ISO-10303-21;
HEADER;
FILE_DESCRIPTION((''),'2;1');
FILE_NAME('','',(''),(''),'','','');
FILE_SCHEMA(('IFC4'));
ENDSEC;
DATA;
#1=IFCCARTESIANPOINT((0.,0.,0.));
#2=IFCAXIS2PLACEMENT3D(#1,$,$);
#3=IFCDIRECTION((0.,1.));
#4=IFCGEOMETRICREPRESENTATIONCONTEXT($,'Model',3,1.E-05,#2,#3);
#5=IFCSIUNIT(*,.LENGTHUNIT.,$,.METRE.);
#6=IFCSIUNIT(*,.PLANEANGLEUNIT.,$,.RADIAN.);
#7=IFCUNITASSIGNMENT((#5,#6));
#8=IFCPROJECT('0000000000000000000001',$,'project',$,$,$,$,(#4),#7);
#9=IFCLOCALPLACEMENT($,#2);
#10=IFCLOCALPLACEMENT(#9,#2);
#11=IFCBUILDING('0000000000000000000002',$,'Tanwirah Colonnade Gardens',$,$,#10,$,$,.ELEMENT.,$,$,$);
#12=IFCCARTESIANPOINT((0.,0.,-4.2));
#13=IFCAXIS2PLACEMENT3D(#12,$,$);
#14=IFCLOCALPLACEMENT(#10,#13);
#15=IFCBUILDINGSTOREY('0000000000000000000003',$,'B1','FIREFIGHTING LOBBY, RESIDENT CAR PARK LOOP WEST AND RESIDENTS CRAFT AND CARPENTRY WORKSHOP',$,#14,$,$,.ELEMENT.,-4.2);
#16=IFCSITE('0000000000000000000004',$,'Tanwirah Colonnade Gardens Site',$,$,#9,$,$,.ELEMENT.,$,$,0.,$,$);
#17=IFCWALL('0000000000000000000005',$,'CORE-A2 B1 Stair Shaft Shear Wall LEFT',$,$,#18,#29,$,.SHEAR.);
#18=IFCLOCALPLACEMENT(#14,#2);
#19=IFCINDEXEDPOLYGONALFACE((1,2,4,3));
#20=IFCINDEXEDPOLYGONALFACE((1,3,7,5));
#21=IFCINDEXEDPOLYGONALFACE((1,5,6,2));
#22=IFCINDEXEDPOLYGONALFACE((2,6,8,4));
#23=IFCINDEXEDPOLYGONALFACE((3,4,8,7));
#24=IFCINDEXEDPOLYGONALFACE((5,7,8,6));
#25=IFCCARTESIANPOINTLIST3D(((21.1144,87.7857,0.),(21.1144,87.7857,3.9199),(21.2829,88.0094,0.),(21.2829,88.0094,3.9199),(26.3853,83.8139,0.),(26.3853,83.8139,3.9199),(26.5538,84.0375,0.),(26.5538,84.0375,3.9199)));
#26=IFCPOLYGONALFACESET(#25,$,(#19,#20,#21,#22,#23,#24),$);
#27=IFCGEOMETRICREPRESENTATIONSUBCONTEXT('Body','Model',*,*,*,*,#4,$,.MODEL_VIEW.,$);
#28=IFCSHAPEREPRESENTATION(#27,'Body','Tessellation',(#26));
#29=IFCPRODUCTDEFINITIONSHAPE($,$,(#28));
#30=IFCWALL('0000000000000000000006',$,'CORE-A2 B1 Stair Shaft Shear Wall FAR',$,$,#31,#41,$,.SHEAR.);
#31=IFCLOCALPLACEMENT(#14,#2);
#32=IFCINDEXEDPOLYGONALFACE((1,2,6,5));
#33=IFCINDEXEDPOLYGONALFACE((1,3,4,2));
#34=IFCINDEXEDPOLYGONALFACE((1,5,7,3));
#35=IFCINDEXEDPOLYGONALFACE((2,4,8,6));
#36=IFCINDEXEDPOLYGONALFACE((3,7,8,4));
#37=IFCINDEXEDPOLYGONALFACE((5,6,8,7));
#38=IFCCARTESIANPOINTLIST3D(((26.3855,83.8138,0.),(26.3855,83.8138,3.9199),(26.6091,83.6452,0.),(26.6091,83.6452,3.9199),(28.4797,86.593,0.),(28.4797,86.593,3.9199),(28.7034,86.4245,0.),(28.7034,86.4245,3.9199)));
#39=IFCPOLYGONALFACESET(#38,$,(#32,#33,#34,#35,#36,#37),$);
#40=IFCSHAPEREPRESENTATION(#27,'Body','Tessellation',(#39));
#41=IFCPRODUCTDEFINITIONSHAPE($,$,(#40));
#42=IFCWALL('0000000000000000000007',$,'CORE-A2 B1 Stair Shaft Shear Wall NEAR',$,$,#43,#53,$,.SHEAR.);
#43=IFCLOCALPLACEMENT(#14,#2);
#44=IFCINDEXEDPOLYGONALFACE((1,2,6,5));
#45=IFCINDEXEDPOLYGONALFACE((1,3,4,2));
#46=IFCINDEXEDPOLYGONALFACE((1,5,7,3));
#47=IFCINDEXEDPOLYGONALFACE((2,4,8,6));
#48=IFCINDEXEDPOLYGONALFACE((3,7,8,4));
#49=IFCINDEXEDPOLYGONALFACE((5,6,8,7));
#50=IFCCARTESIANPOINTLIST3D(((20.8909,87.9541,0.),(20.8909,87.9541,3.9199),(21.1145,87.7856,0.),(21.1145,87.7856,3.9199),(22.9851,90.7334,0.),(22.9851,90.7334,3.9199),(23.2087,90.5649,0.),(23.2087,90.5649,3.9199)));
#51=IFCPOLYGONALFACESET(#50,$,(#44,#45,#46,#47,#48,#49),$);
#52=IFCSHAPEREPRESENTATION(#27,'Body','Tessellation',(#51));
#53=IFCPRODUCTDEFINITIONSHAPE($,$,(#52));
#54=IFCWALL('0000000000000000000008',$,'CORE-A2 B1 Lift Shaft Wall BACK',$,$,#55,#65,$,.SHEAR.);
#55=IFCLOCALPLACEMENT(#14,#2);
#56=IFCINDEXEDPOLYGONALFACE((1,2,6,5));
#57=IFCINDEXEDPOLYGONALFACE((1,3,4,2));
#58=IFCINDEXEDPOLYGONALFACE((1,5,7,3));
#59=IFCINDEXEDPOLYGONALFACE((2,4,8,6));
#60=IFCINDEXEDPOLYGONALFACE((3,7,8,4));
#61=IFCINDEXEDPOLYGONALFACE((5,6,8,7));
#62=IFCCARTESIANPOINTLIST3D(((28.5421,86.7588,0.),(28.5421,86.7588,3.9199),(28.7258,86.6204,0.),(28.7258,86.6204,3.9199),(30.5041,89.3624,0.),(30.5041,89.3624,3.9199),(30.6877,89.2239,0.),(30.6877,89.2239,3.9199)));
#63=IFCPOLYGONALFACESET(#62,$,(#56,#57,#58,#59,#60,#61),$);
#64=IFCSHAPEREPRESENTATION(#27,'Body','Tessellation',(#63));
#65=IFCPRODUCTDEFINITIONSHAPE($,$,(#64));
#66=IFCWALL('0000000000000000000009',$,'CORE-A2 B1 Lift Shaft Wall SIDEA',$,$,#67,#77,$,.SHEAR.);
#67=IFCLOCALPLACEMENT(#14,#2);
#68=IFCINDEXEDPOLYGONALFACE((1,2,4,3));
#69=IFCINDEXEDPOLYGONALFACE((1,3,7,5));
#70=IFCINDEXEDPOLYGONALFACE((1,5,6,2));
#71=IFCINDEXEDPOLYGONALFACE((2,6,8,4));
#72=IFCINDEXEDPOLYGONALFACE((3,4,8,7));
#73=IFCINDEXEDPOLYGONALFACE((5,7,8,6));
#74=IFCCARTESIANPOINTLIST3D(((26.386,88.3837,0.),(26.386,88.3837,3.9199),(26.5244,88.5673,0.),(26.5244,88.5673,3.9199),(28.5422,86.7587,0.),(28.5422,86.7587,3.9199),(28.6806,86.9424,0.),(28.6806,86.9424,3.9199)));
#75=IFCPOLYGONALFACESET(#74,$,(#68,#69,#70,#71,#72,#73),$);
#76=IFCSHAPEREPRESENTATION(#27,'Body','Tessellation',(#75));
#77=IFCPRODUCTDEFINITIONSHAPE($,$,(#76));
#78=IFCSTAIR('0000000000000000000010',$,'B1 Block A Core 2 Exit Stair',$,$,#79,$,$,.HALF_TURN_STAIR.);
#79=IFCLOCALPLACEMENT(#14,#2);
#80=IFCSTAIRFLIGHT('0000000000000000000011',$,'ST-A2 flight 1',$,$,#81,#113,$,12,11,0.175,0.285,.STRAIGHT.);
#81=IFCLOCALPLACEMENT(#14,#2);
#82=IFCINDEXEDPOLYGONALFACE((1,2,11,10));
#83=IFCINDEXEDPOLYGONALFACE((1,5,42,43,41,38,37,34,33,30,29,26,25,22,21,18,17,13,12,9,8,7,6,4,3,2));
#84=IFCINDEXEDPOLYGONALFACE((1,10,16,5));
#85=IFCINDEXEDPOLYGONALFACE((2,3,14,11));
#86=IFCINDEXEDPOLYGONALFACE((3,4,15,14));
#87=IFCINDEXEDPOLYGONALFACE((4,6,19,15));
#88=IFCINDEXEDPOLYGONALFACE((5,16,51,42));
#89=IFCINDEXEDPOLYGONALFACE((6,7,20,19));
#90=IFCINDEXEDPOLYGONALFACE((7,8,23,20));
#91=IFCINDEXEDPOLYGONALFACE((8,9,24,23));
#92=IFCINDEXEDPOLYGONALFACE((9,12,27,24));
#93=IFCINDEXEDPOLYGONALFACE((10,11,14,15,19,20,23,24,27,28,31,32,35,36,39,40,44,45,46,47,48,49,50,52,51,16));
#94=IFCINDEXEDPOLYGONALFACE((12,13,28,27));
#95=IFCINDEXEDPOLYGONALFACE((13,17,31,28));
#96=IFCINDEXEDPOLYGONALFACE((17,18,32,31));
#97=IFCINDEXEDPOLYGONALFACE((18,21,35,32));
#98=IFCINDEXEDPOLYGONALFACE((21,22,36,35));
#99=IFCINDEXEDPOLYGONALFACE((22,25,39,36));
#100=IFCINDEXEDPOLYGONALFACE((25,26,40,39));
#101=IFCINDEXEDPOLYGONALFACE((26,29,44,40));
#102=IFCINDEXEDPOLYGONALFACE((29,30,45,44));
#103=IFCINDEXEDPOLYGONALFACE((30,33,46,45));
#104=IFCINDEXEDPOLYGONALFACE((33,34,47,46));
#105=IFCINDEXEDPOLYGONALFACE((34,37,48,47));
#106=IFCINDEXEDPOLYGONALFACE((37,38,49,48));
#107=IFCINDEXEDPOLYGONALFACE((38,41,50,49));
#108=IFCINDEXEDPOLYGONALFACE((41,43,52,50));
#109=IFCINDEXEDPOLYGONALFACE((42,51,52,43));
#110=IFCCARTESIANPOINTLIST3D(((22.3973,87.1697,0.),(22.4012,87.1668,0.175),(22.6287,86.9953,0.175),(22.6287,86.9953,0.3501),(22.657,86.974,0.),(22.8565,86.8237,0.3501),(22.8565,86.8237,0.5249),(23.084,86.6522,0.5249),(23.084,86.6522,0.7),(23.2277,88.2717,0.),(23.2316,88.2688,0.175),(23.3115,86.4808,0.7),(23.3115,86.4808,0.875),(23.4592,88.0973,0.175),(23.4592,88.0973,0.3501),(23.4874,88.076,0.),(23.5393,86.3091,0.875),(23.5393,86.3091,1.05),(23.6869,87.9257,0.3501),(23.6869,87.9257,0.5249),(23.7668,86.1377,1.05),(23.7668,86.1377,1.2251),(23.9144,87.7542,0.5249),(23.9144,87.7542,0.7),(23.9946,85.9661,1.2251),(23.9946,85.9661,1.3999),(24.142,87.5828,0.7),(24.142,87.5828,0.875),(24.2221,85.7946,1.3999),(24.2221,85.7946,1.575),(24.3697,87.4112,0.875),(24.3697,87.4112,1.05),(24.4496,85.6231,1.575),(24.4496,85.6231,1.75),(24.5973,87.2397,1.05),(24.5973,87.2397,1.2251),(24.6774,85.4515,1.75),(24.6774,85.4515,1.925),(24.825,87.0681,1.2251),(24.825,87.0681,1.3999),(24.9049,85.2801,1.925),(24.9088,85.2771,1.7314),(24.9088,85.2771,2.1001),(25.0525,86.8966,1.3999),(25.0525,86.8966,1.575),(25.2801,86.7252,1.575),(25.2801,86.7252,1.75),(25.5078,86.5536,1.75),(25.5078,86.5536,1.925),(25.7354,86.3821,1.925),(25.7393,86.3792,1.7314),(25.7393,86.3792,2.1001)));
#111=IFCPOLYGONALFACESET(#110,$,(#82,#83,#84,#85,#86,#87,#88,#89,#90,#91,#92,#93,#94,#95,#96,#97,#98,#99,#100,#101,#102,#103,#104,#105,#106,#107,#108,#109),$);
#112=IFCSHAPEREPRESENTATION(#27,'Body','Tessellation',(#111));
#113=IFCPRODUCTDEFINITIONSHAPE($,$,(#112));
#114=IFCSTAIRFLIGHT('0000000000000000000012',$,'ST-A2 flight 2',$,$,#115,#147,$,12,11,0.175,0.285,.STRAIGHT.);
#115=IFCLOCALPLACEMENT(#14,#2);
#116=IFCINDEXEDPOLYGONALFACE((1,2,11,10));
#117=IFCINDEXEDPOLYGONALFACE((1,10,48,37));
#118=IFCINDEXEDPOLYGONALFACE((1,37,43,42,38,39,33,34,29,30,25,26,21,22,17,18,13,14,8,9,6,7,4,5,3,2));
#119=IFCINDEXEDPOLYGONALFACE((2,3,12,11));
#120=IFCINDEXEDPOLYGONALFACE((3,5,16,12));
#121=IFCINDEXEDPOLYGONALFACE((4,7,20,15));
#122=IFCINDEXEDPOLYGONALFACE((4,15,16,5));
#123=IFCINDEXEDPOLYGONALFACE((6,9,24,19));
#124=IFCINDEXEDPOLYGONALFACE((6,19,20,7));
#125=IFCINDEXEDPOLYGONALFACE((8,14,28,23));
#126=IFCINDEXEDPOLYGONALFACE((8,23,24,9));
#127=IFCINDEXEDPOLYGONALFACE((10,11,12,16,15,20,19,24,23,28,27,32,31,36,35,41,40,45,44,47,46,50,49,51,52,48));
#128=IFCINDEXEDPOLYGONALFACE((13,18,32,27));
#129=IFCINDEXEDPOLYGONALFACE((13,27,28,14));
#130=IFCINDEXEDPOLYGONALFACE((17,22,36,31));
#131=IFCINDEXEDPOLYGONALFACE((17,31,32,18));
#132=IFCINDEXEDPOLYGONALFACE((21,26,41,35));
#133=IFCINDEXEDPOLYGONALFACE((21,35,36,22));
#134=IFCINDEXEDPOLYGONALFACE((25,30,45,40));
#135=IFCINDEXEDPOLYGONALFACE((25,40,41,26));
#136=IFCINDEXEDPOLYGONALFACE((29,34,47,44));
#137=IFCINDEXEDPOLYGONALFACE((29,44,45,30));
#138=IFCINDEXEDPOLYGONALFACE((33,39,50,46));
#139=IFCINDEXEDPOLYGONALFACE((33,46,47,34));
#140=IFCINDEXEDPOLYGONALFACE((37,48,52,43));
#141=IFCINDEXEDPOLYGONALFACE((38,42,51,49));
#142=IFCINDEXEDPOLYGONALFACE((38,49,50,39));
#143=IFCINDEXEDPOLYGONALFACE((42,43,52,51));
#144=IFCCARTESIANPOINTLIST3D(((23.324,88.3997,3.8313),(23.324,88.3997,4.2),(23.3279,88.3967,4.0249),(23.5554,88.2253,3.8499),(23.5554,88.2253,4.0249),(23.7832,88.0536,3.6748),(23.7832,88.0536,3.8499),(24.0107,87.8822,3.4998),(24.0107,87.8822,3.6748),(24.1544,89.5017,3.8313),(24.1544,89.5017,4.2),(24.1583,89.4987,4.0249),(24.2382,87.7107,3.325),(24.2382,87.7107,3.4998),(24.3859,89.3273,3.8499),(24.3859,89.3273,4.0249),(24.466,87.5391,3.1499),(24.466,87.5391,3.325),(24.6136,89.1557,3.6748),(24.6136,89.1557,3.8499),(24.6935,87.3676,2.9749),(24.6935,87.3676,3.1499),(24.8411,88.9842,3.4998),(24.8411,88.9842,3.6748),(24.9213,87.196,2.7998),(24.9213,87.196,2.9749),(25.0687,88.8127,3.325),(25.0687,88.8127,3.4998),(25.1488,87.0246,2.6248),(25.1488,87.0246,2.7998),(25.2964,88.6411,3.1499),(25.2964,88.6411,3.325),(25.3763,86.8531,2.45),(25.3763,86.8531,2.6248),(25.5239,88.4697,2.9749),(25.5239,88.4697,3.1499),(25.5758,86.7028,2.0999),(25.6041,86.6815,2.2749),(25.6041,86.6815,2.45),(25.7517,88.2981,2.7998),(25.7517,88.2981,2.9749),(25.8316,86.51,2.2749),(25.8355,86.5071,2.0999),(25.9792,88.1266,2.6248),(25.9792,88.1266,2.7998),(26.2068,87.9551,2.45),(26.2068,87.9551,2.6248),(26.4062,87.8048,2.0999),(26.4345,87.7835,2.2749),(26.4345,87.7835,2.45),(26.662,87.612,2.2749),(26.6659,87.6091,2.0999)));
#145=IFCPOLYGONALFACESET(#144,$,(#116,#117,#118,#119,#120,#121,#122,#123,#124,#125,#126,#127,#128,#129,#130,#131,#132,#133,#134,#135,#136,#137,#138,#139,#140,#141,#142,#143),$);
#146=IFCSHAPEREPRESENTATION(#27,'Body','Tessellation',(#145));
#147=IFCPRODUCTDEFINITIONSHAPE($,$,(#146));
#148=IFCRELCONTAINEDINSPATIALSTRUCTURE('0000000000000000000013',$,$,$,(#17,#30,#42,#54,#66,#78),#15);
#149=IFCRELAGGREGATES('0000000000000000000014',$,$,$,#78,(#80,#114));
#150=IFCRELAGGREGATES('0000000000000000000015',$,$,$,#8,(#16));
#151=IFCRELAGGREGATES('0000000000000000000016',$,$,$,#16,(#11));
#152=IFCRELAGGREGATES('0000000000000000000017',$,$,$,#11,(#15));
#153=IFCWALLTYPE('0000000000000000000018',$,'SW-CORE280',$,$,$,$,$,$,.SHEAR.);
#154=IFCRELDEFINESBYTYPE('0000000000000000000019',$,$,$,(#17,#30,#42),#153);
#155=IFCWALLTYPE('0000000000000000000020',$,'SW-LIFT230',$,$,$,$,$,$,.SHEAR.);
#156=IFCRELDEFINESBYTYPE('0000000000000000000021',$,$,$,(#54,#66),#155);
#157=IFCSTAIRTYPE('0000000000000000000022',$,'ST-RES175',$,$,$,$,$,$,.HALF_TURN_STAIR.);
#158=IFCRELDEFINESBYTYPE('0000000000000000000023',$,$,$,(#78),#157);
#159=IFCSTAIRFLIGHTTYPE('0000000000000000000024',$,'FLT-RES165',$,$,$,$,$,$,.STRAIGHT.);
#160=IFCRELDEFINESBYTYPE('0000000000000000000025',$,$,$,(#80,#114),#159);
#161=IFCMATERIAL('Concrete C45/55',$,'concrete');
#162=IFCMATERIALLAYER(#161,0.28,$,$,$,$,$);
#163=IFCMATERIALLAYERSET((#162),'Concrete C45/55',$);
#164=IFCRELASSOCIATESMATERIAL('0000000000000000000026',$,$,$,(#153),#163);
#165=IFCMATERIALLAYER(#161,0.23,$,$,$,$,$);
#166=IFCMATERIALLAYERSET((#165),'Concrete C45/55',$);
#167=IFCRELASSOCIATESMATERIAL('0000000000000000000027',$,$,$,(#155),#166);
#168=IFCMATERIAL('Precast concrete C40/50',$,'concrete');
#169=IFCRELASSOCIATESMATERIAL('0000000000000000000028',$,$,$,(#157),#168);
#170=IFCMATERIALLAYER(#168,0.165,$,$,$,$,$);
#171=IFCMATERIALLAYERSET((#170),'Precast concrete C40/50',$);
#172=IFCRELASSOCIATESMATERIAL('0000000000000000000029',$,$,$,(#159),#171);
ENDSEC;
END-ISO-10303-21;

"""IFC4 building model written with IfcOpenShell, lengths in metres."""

from ifc_helpers import new_model, si_unit, direction, frame, frame_2d, origin, place, context, subcontext, project, spatial, polyline, rectangle, outline, extrude, material, layer, layer_set, type_object, element, aggregate, save


model = new_model("IFC4")

# Units and contexts
model_context = context("Model", 3, precision=1e-05, world=origin(), true_north=direction((0.0, 1.0)))
body_context = subcontext(model_context, "Body", "Model", "MODEL_VIEW")
ifc_project = project(units=[si_unit("LENGTHUNIT", "METRE"), si_unit("PLANEANGLEUNIT", "RADIAN")], contexts=[model_context])

# Site, building, storey
site_placement = place(None, origin())
site = spatial("IfcSite", under=ifc_project, at=site_placement, Name="Tanwirah Colonnade Gardens Site", CompositionType="ELEMENT", RefElevation=0.0)
building_placement = place(site_placement, origin())
building = spatial("IfcBuilding", under=site, at=building_placement, Name="Tanwirah Colonnade Gardens", CompositionType="ELEMENT")
storey_placement = place(building_placement, frame((0.0, 0.0, -4.2)))
storey = spatial("IfcBuildingStorey", under=building, at=storey_placement, Name="B1", Description="FIREFIGHTING LOBBY, RESIDENT CAR PARK LOOP WEST AND RESIDENTS CRAFT AND CARPENTRY WORKSHOP", CompositionType="ELEMENT", Elevation=-4.2)

# Shared definitions
ifc_material_1 = material(Name="Concrete C45/55", Category="concrete")

# Shared definitions
ifc_material_2 = material(Name="Precast concrete C40/50", Category="concrete")

# Walls
ifc_layer_1 = layer(ifc_material_1, 0.28)
ifc_layer_set_1 = layer_set([ifc_layer_1], Name="Concrete C45/55")
wall_type_1 = type_object("IfcWallType", Name="SW-CORE280", PredefinedType="SHEAR", material=ifc_layer_set_1)
wall_1_placement = place(storey_placement, frame((21.1987, 87.8975, 0.0), z_axis=(0.0, 0.0, 1.0), x_axis=(0.79864, -0.60181, 0.0)))
element("IfcWall", 1, at=wall_1_placement, inside=storey, type_object=wall_type_1, Name="CORE-A2 B1 Stair Shaft Shear Wall LEFT", PredefinedType="SHEAR", context=body_context, shape_type="SweptSolid", body=[
    extrude(rectangle(XDim=6.5999, YDim=0.28, at=frame_2d((3.2998, 0.0))), origin(), (0.0, 0.0, 1.0), 3.9199),
])
for number, where, z_axis, x_axis, name in (
    (2, (26.4973, 83.7295, 0.0), (0.0, 0.0, 1.0), (0.601794, 0.798651, 0.0), "CORE-A2 B1 Stair Shaft Shear Wall FAR"),
    (3, (21.0027, 87.8699, 0.0), (0.0, 0.0, 1.0), (0.601794, 0.798651, 0.0), "CORE-A2 B1 Stair Shaft Shear Wall NEAR"),
):
    element("IfcWall", number, at=place(storey_placement, frame(where, z_axis=z_axis, x_axis=x_axis)), inside=storey, type_object=wall_type_1, Name=name, PredefinedType="SHEAR", context=body_context, shape_type="SweptSolid", body=[
        extrude(rectangle(XDim=3.48, YDim=0.28, at=frame_2d((1.74, 0.0))), origin(), (0.0, 0.0, 1.0), 3.9199),
    ])

# Shared definitions
ifc_layer_2 = layer(ifc_material_1, 0.23)
ifc_layer_set_2 = layer_set([ifc_layer_2], Name="Concrete C45/55")
wall_type_2 = type_object("IfcWallType", Name="SW-LIFT230", PredefinedType="SHEAR", material=ifc_layer_set_2)

# Walls
wall_2_placement = place(storey_placement, frame((28.634, 86.6897, 0.0), z_axis=(0.0, 0.0, 1.0), x_axis=(0.60182, 0.798632, 0.0)))
element("IfcWall", 4, at=wall_2_placement, inside=storey, type_object=wall_type_2, Name="CORE-A2 B1 Lift Shaft Wall BACK", PredefinedType="SHEAR", context=body_context, shape_type="SweptSolid", body=[
    extrude(rectangle(XDim=3.26, YDim=0.23, at=frame_2d((1.6299, 0.0))), origin(), (0.0, 0.0, 1.0), 3.9199),
])
wall_3_placement = place(storey_placement, frame((26.4551, 88.4756, 0.0), z_axis=(0.0, 0.0, 1.0), x_axis=(0.798609, -0.60185, 0.0)))
element("IfcWall", 5, at=wall_3_placement, inside=storey, type_object=wall_type_2, Name="CORE-A2 B1 Lift Shaft Wall SIDEA", PredefinedType="SHEAR", context=body_context, shape_type="SweptSolid", body=[
    extrude(rectangle(XDim=2.7, YDim=0.23, at=frame_2d((1.3501, 0.0))), origin(), (0.0, 0.0, 1.0), 3.9199),
])

# Stair, stair flights
stair_type = type_object("IfcStairType", Name="ST-RES175", PredefinedType="HALF_TURN_STAIR", material=ifc_material_2)
stair_placement = place(storey_placement, origin())
stair = element("IfcStair", 6, at=stair_placement, inside=storey, type_object=stair_type, Name="B1 Block A Core 2 Exit Stair", PredefinedType="HALF_TURN_STAIR")
ifc_layer_3 = layer(ifc_material_2, 0.165)
ifc_layer_set_3 = layer_set([ifc_layer_3], Name="Precast concrete C40/50")
stair_flight_type = type_object("IfcStairFlightType", Name="FLT-RES165", PredefinedType="STRAIGHT", material=ifc_layer_set_3)
stair_flight_1_placement = place(storey_placement, frame((22.8164, 87.7178, 0.0), z_axis=(0.0, 0.0, 1.0), x_axis=(0.798636, -0.601815, 0.0)))
stair_flight_1 = element("IfcStairFlight", 7, at=stair_flight_1_placement, type_object=stair_flight_type, Name="ST-A2 flight 1", NumberOfRisers=12, NumberOfTreads=11, PredefinedType="STRAIGHT", RiserHeight=0.175, TreadLength=0.285, context=body_context, shape_type="SweptSolid", body=[
    extrude(outline(polyline([(-0.0049, 0.0), (0.0, 0.175), (0.2849, 0.175), (0.2849, 0.3501), (0.5701, 0.3501), (0.5701, 0.5249), (0.855, 0.5249), (0.855, 0.7), (1.1399, 0.7), (1.1399, 0.875), (1.425, 0.875), (1.425, 1.05), (1.71, 1.05), (1.71, 1.2251), (1.9951, 1.2251), (1.9951, 1.3999), (2.28, 1.3999), (2.28, 1.575), (2.5649, 1.575), (2.5649, 1.75), (2.8501, 1.75), (2.8501, 1.925), (3.135, 1.925), (3.1399, 2.1001), (3.1399, 1.7314), (0.3203, 0.0), (-0.0049, 0.0)])), frame((0.0, 0.6899, 0.0), z_axis=(0.0, -1.0, 0.0), x_axis=(1.0, 0.0, 0.0)), (0.0, 0.0, 1.0), 1.3799),
])
stair_flight_2_placement = place(storey_placement, frame((26.2468, 87.061, 2.0999), z_axis=(0.0, 0.0, 1.0), x_axis=(-0.798636, 0.601815, 0.0)))
stair_flight_2 = element("IfcStairFlight", 8, at=stair_flight_2_placement, type_object=stair_flight_type, Name="ST-A2 flight 2", NumberOfRisers=12, NumberOfTreads=11, PredefinedType="STRAIGHT", RiserHeight=0.175, TreadLength=0.285, context=body_context, shape_type="SweptSolid", body=[
    extrude(outline(polyline([(-0.0049, 0.0), (0.0, 0.175), (0.2849, 0.175), (0.2849, 0.3501), (0.5701, 0.3501), (0.5701, 0.5249), (0.855, 0.5249), (0.855, 0.7), (1.1399, 0.7), (1.1399, 0.875), (1.425, 0.875), (1.425, 1.05), (1.71, 1.05), (1.71, 1.2251), (1.9951, 1.2251), (1.9951, 1.3999), (2.28, 1.3999), (2.28, 1.575), (2.5649, 1.575), (2.5649, 1.75), (2.8501, 1.75), (2.8501, 1.925), (3.135, 1.925), (3.1399, 2.1001), (3.1399, 1.7314), (0.3203, 0.0), (-0.0049, 0.0)])), frame((0.0, 0.6899, 0.0), z_axis=(0.0, -1.0, 0.0), x_axis=(1.0, 0.0, 0.0)), (0.0, 0.0, 1.0), 1.3799),
])
aggregate(stair, [stair_flight_1, stair_flight_2])

save(model, "model.ifc")
